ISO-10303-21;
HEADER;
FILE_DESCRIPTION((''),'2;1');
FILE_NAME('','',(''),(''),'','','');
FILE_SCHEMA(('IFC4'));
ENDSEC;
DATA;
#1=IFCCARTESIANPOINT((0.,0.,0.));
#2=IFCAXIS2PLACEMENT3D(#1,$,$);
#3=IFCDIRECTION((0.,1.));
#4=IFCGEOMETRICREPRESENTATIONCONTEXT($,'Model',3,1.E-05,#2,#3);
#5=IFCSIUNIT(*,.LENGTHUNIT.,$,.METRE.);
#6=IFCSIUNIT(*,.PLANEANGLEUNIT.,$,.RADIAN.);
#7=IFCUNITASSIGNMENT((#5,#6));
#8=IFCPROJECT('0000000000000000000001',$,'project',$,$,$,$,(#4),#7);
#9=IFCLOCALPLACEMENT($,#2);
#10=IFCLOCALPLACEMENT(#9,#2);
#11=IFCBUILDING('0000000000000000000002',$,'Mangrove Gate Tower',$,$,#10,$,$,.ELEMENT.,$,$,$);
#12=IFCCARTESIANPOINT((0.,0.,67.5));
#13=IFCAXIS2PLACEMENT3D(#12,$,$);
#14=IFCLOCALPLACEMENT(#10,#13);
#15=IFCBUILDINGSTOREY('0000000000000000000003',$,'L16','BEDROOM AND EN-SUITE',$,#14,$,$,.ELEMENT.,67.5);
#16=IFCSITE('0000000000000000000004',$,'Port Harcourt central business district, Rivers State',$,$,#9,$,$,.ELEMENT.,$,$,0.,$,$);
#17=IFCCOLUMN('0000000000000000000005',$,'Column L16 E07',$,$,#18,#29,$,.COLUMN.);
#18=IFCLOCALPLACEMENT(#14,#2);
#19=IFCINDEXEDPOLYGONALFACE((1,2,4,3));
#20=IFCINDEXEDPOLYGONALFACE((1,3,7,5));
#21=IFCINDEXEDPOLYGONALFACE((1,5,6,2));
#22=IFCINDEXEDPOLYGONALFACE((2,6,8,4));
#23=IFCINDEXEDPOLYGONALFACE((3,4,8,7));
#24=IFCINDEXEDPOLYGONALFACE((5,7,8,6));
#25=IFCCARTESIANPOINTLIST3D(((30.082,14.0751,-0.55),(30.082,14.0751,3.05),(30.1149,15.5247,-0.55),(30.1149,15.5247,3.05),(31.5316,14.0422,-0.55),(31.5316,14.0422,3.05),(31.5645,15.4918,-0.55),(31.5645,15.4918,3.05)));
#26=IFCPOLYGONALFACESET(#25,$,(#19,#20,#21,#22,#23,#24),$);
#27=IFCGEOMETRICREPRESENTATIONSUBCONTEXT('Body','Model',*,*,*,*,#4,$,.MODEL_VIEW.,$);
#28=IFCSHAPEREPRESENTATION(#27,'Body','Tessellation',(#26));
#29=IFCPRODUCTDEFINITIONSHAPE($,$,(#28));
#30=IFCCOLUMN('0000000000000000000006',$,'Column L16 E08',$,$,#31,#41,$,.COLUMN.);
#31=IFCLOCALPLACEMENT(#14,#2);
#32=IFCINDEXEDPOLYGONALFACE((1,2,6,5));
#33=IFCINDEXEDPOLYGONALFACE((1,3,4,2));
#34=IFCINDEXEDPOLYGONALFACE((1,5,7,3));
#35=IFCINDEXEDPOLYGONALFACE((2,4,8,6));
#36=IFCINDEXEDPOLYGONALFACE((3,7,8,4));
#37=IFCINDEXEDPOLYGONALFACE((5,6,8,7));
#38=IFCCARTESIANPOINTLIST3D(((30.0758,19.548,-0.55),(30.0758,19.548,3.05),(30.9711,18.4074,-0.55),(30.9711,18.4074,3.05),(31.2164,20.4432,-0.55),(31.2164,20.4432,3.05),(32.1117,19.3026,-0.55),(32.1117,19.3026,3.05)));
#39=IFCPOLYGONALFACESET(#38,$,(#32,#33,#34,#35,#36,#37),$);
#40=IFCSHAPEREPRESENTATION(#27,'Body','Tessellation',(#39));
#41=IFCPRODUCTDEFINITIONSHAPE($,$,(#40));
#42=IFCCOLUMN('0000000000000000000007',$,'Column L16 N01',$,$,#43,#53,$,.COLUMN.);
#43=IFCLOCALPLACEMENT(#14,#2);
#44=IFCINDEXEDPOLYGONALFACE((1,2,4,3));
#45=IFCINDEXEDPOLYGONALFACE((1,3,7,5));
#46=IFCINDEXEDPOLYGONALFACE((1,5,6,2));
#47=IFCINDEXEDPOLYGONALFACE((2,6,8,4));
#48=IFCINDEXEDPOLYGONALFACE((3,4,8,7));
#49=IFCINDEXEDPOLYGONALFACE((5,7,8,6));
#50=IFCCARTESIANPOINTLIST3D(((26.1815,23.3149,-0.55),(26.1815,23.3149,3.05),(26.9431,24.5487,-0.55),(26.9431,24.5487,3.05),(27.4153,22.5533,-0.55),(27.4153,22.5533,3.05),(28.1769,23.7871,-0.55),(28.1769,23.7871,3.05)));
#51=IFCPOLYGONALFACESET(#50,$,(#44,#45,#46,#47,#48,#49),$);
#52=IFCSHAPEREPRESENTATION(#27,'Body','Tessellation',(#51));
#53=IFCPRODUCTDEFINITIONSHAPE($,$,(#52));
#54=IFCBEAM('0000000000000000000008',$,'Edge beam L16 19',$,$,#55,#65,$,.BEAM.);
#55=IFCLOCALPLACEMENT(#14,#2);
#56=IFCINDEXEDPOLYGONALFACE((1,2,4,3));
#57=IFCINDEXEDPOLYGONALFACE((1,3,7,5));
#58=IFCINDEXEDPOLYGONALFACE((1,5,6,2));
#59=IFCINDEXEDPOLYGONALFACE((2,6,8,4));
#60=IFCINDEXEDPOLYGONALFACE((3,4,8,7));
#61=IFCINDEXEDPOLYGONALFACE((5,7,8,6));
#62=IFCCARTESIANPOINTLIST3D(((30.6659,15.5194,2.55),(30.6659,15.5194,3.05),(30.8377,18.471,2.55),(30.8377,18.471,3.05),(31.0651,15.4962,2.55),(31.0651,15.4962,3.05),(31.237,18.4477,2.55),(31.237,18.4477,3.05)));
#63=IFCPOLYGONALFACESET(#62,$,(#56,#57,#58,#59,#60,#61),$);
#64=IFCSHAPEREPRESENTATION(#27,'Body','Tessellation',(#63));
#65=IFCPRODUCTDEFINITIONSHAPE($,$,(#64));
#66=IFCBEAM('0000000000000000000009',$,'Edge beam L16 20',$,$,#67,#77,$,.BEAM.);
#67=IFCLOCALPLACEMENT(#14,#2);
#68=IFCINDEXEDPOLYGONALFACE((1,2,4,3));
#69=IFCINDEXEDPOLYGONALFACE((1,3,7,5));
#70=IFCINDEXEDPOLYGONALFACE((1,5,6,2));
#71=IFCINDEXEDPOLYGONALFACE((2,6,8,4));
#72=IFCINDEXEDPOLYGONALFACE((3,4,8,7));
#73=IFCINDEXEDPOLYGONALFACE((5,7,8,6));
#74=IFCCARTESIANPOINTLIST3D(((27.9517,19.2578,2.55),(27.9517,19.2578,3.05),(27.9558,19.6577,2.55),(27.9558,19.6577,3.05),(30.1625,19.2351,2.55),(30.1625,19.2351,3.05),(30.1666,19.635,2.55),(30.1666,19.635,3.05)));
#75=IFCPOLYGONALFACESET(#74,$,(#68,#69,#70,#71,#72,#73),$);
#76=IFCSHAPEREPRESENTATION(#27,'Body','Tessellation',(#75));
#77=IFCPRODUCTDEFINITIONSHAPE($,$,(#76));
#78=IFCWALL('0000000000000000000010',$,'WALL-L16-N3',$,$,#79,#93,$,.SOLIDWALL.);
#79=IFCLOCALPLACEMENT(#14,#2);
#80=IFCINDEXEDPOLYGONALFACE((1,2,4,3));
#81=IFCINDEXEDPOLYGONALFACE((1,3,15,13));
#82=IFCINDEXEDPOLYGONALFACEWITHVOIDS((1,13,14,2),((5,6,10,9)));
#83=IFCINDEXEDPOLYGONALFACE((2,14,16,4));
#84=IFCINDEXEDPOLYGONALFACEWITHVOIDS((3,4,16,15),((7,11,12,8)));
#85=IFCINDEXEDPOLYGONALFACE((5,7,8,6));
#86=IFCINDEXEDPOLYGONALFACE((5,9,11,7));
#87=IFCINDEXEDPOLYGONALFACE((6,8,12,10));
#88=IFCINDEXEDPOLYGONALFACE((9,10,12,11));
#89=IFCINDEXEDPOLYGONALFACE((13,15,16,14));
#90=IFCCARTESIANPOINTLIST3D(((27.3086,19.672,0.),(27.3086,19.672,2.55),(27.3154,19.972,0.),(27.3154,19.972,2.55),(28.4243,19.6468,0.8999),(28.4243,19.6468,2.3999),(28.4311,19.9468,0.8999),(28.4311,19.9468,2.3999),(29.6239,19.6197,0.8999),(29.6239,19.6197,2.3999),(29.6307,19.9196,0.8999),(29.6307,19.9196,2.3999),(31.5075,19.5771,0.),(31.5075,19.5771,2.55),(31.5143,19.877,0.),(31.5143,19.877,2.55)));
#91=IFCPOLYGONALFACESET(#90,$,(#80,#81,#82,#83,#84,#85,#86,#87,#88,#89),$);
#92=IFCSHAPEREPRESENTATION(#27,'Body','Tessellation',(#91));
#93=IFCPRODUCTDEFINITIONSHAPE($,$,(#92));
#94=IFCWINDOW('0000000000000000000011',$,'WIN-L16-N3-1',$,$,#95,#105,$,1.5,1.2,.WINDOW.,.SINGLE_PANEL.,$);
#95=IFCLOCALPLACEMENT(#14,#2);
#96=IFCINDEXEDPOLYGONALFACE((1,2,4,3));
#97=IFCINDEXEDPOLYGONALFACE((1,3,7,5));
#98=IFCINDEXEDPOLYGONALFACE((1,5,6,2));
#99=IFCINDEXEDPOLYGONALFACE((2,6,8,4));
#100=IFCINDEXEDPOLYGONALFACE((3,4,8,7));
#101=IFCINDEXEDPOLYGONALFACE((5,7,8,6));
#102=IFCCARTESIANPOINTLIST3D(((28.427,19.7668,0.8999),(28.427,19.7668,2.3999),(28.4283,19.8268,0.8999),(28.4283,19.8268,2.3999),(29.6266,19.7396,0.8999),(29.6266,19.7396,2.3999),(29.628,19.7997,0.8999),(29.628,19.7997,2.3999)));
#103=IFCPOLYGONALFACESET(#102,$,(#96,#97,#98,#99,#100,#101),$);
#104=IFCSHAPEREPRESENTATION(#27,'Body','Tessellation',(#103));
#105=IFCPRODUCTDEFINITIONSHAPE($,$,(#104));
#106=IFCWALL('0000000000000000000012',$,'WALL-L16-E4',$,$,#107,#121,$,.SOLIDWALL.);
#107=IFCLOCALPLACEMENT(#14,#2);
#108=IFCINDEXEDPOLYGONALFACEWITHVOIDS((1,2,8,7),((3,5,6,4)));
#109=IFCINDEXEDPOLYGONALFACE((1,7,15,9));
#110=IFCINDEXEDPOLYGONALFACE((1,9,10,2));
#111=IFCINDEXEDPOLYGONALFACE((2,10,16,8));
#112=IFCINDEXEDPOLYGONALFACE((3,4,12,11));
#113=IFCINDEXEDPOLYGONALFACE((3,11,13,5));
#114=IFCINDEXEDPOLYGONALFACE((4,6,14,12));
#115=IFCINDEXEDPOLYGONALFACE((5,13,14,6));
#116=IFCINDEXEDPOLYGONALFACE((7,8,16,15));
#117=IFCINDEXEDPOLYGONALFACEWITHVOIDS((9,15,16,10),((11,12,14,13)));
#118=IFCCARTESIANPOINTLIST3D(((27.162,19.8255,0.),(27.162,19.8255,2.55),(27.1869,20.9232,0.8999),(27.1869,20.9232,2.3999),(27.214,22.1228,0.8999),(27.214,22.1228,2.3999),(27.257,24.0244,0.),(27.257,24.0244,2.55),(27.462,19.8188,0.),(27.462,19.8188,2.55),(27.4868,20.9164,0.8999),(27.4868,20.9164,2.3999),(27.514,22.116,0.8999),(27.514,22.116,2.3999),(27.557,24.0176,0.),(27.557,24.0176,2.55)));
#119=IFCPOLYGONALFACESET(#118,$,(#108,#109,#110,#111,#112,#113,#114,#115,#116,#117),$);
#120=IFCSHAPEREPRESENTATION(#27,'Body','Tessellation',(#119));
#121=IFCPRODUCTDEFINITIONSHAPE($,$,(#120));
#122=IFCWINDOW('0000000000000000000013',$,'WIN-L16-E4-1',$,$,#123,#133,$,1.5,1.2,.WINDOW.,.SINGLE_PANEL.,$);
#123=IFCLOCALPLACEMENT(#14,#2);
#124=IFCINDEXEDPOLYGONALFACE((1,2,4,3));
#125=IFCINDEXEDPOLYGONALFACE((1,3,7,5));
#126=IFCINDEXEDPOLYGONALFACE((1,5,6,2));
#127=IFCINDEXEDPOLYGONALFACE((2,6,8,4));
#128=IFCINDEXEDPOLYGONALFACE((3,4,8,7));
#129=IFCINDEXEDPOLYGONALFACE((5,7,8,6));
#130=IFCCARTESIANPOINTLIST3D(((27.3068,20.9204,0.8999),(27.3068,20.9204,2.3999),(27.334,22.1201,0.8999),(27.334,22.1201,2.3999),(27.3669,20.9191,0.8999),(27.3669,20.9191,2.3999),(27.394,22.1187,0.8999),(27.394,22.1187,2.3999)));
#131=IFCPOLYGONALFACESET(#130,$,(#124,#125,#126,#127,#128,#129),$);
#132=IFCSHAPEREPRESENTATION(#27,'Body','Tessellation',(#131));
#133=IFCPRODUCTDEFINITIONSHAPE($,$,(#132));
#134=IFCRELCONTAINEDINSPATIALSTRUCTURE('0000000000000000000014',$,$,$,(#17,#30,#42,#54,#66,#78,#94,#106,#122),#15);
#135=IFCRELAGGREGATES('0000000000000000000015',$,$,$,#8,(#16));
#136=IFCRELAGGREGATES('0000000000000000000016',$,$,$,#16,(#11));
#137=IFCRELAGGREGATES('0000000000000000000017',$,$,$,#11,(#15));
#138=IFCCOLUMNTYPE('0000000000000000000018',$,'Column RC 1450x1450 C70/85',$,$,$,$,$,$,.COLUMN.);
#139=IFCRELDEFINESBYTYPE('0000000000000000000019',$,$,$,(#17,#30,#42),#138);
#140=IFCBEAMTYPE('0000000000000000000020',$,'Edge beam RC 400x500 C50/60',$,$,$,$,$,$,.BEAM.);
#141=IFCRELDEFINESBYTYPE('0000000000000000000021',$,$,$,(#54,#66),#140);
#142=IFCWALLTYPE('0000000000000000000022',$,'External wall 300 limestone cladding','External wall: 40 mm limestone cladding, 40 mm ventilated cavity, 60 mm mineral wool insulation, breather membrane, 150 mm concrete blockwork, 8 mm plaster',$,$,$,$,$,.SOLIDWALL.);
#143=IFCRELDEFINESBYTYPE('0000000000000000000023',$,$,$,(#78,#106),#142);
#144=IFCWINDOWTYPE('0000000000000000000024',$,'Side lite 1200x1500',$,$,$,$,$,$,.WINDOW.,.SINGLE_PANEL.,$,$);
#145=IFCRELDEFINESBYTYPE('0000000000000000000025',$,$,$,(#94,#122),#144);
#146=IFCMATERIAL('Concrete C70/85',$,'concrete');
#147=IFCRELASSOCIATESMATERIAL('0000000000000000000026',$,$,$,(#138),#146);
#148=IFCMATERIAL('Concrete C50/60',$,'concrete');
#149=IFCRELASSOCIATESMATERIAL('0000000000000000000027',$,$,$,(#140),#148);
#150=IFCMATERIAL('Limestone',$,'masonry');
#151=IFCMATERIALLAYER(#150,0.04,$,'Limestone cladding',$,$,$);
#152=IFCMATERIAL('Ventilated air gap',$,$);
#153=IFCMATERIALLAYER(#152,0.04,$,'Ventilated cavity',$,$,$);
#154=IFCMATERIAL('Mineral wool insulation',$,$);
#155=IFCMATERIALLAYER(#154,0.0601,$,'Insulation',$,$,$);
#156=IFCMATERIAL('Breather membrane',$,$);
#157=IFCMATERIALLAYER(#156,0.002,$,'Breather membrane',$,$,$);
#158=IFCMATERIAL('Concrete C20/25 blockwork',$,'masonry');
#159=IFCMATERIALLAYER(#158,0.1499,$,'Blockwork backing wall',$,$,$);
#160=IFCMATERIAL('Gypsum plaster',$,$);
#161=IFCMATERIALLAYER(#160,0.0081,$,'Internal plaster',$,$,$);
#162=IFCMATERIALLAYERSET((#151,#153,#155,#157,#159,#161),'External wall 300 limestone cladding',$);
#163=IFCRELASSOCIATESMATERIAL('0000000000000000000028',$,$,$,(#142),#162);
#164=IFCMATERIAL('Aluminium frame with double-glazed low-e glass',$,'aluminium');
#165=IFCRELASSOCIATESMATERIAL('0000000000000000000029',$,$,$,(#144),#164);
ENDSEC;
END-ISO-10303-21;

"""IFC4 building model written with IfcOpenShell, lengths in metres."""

from ifc_helpers import new_model, si_unit, direction, frame, frame_2d, origin, origin_2d, place, context, subcontext, project, spatial, rectangle, extrude, material, layer, layer_set, material_profile, profile_set, type_object, element, fill, save


model = new_model("IFC4")

# Units and contexts
model_context = context("Model", 3, precision=1e-05, world=origin(), true_north=direction((0.0, 1.0)))
body_context = subcontext(model_context, "Body", "Model", "MODEL_VIEW")
ifc_project = project(units=[si_unit("LENGTHUNIT", "METRE"), si_unit("PLANEANGLEUNIT", "RADIAN")], contexts=[model_context])

# Site, building, storey
site_placement = place(None, origin())
site = spatial("IfcSite", under=ifc_project, at=site_placement, Name="Port Harcourt central business district, Rivers State", CompositionType="ELEMENT", RefElevation=0.0)
building_placement = place(site_placement, origin())
building = spatial("IfcBuilding", under=site, at=building_placement, Name="Mangrove Gate Tower", CompositionType="ELEMENT")
storey_placement = place(building_placement, frame((0.0, 0.0, 67.5)))
storey = spatial("IfcBuildingStorey", under=building, at=storey_placement, Name="L16", Description="BEDROOM AND EN-SUITE", CompositionType="ELEMENT", Elevation=67.5)

# Columns
ifc_material_1 = material(Name="Concrete C70/85", Category="concrete")
ifc_material_profile_1 = material_profile(ifc_material_1, rectangle(XDim=1.45, YDim=1.45, at=origin_2d()))
ifc_profile_set_1 = profile_set([ifc_material_profile_1], Name="Concrete C70/85")
column_type = type_object("IfcColumnType", Name="Column RC 1450x1450 C70/85", PredefinedType="COLUMN", material=ifc_profile_set_1)
for number, where, z_axis, x_axis, name in (
    (1, (30.8232, 14.7834, -0.55), (0.0, 0.0, 1.0), (0.02271, 0.999742, 0.0), "Column L16 E07"),
    (2, (31.0938, 19.4253, -0.55), (0.0, 0.0, 1.0), (-0.617421, 0.786633, 0.0), "Column L16 E08"),
    (3, (27.1792, 23.551, -0.55), (0.0, 0.0, 1.0), (-0.850942, 0.52526, 0.0), "Column L16 N01"),
):
    element("IfcColumn", number, at=place(storey_placement, frame(where, z_axis=z_axis, x_axis=x_axis)), inside=storey, type_object=column_type, Name=name, PredefinedType="COLUMN", context=body_context, shape_type="SweptSolid", body=[
        extrude(rectangle(XDim=1.45, YDim=1.45, at=origin_2d()), origin(), (0.0, 0.0, 1.0), 3.6001),
    ])

# Beams
ifc_material_2 = material(Name="Concrete C50/60", Category="concrete")
ifc_material_profile_2 = material_profile(ifc_material_2, rectangle(XDim=0.3999, YDim=0.5, at=origin_2d()))
ifc_profile_set_2 = profile_set([ifc_material_profile_2], Name="Concrete C50/60")
beam_type = type_object("IfcBeamType", Name="Edge beam RC 400x500 C50/60", PredefinedType="BEAM", material=ifc_profile_set_2)
beam_1_placement = place(storey_placement, frame((30.8655, 15.5078, 2.8), z_axis=(0.058131, 0.998309, 0.0), x_axis=(-0.998309, 0.058131, 0.0)))
element("IfcBeam", 4, at=beam_1_placement, inside=storey, type_object=beam_type, Name="Edge beam L16 19", PredefinedType="BEAM", context=body_context, shape_type="SweptSolid", body=[
    extrude(rectangle(XDim=0.3999, YDim=0.5, at=origin_2d()), origin(), (0.0, 0.0, 1.0), 2.9565),
])
beam_2_placement = place(storey_placement, frame((30.1646, 19.4351, 2.8), z_axis=(-0.999947, 0.010269, 0.0), x_axis=(-0.010269, -0.999947, 0.0)))
element("IfcBeam", 5, at=beam_2_placement, inside=storey, type_object=beam_type, Name="Edge beam L16 20", PredefinedType="BEAM", context=body_context, shape_type="SweptSolid", body=[
    extrude(rectangle(XDim=0.3999, YDim=0.5, at=origin_2d()), origin(), (0.0, 0.0, 1.0), 2.2109),
])

# Walls, openings, windows
ifc_material_3 = material(Name="Limestone", Category="masonry")
ifc_layer_1 = layer(ifc_material_3, 0.04, Name="Limestone cladding")
ifc_material_4 = material(Name="Ventilated air gap")
ifc_layer_2 = layer(ifc_material_4, 0.04, Name="Ventilated cavity")
ifc_material_5 = material(Name="Mineral wool insulation")
ifc_layer_3 = layer(ifc_material_5, 0.0601, Name="Insulation")
ifc_material_6 = material(Name="Breather membrane")
ifc_layer_4 = layer(ifc_material_6, 0.002, Name="Breather membrane")
ifc_material_7 = material(Name="Concrete C20/25 blockwork", Category="masonry")
ifc_layer_5 = layer(ifc_material_7, 0.1499, Name="Blockwork backing wall")
ifc_material_8 = material(Name="Gypsum plaster")
ifc_layer_6 = layer(ifc_material_8, 0.0081, Name="Internal plaster")
ifc_layer_set = layer_set([ifc_layer_1, ifc_layer_2, ifc_layer_3, ifc_layer_4, ifc_layer_5, ifc_layer_6], Name="External wall 300 limestone cladding")
wall_type = type_object("IfcWallType", Name="External wall 300 limestone cladding", Description="External wall: 40 mm limestone cladding, 40 mm ventilated cavity, 60 mm mineral wool insulation, breather membrane, 150 mm concrete blockwork, 8 mm plaster", PredefinedType="SOLIDWALL", material=ifc_layer_set)
wall_1_placement = place(storey_placement, frame((31.511, 19.7271, 0.0), z_axis=(0.0, 0.0, 1.0), x_axis=(-0.999744, 0.022612, 0.0)))
wall_1 = element("IfcWall", 6, at=wall_1_placement, inside=storey, type_object=wall_type, Name="WALL-L16-N3", PredefinedType="SOLIDWALL", context=body_context, shape_type="SweptSolid", body=[
    extrude(rectangle(XDim=4.2, YDim=0.3, at=frame_2d((2.1001, 0.0))), origin(), (0.0, 0.0, 1.0), 2.55),
])
opening_1_placement = place(wall_1_placement, frame((1.884, 0.0, 0.8999)))
opening_1 = element("IfcOpeningElement", 7, at=opening_1_placement, cuts=wall_1, PredefinedType="OPENING", context=body_context, shape_type="SweptSolid", body=[
    extrude(rectangle(XDim=1.2, YDim=1.5, at=frame_2d((0.6001, 0.75))), frame((0.0, 0.1599, 0.0), z_axis=(0.0, -1.0, 0.0), x_axis=(1.0, 0.0, 0.0)), (0.0, 0.0, 1.0), 0.3201),
])
ifc_material_9 = material(Name="Aluminium frame with double-glazed low-e glass", Category="aluminium")
window_type_1 = type_object("IfcWindowType", Name="Side lite 1200x1500", PartitioningType="SINGLE_PANEL", PredefinedType="WINDOW", material=ifc_material_9)
window_1_placement = place(opening_1_placement, origin())
window_1 = element("IfcWindow", 8, at=window_1_placement, inside=storey, type_object=window_type_1, Name="WIN-L16-N3-1", OverallHeight=1.5, OverallWidth=1.2, PartitioningType="SINGLE_PANEL", PredefinedType="WINDOW", context=body_context, shape_type="SweptSolid", body=[
    extrude(rectangle(XDim=1.2, YDim=1.5, at=frame_2d((0.6001, 0.75))), frame((0.0, 0.03, 0.0), z_axis=(0.0, -1.0, 0.0), x_axis=(1.0, 0.0, 0.0)), (0.0, 0.0, 1.0), 0.0601),
])
fill(opening_1, window_1)
wall_2_placement = place(storey_placement, frame((27.312, 19.822, 0.0), z_axis=(0.0, 0.0, 1.0), x_axis=(0.022612, 0.999744, 0.0)))
wall_2 = element("IfcWall", 9, at=wall_2_placement, inside=storey, type_object=wall_type, Name="WALL-L16-E4", PredefinedType="SOLIDWALL", context=body_context, shape_type="SweptSolid", body=[
    extrude(rectangle(XDim=4.2, YDim=0.3, at=frame_2d((2.1001, 0.0))), origin(), (0.0, 0.0, 1.0), 2.55),
])
opening_2_placement = place(wall_2_placement, frame((1.0979, 0.0, 0.8999)))
opening_2 = element("IfcOpeningElement", 10, at=opening_2_placement, cuts=wall_2, PredefinedType="OPENING", context=body_context, shape_type="SweptSolid", body=[
    extrude(rectangle(XDim=1.2, YDim=1.5, at=frame_2d((0.6001, 0.75))), frame((0.0, 0.1599, 0.0), z_axis=(0.0, -1.0, 0.0), x_axis=(1.0, 0.0, 0.0)), (0.0, 0.0, 1.0), 0.3201),
])
window_2_placement = place(opening_2_placement, origin())
window_2 = element("IfcWindow", 11, at=window_2_placement, inside=storey, type_object=window_type_1, Name="WIN-L16-E4-1", OverallHeight=1.5, OverallWidth=1.2, PartitioningType="SINGLE_PANEL", PredefinedType="WINDOW", context=body_context, shape_type="SweptSolid", body=[
    extrude(rectangle(XDim=1.2, YDim=1.5, at=frame_2d((0.6001, 0.75))), frame((0.0, 0.03, 0.0), z_axis=(0.0, -1.0, 0.0), x_axis=(1.0, 0.0, 0.0)), (0.0, 0.0, 1.0), 0.0601),
])
fill(opening_2, window_2)

save(model, "model.ifc")
